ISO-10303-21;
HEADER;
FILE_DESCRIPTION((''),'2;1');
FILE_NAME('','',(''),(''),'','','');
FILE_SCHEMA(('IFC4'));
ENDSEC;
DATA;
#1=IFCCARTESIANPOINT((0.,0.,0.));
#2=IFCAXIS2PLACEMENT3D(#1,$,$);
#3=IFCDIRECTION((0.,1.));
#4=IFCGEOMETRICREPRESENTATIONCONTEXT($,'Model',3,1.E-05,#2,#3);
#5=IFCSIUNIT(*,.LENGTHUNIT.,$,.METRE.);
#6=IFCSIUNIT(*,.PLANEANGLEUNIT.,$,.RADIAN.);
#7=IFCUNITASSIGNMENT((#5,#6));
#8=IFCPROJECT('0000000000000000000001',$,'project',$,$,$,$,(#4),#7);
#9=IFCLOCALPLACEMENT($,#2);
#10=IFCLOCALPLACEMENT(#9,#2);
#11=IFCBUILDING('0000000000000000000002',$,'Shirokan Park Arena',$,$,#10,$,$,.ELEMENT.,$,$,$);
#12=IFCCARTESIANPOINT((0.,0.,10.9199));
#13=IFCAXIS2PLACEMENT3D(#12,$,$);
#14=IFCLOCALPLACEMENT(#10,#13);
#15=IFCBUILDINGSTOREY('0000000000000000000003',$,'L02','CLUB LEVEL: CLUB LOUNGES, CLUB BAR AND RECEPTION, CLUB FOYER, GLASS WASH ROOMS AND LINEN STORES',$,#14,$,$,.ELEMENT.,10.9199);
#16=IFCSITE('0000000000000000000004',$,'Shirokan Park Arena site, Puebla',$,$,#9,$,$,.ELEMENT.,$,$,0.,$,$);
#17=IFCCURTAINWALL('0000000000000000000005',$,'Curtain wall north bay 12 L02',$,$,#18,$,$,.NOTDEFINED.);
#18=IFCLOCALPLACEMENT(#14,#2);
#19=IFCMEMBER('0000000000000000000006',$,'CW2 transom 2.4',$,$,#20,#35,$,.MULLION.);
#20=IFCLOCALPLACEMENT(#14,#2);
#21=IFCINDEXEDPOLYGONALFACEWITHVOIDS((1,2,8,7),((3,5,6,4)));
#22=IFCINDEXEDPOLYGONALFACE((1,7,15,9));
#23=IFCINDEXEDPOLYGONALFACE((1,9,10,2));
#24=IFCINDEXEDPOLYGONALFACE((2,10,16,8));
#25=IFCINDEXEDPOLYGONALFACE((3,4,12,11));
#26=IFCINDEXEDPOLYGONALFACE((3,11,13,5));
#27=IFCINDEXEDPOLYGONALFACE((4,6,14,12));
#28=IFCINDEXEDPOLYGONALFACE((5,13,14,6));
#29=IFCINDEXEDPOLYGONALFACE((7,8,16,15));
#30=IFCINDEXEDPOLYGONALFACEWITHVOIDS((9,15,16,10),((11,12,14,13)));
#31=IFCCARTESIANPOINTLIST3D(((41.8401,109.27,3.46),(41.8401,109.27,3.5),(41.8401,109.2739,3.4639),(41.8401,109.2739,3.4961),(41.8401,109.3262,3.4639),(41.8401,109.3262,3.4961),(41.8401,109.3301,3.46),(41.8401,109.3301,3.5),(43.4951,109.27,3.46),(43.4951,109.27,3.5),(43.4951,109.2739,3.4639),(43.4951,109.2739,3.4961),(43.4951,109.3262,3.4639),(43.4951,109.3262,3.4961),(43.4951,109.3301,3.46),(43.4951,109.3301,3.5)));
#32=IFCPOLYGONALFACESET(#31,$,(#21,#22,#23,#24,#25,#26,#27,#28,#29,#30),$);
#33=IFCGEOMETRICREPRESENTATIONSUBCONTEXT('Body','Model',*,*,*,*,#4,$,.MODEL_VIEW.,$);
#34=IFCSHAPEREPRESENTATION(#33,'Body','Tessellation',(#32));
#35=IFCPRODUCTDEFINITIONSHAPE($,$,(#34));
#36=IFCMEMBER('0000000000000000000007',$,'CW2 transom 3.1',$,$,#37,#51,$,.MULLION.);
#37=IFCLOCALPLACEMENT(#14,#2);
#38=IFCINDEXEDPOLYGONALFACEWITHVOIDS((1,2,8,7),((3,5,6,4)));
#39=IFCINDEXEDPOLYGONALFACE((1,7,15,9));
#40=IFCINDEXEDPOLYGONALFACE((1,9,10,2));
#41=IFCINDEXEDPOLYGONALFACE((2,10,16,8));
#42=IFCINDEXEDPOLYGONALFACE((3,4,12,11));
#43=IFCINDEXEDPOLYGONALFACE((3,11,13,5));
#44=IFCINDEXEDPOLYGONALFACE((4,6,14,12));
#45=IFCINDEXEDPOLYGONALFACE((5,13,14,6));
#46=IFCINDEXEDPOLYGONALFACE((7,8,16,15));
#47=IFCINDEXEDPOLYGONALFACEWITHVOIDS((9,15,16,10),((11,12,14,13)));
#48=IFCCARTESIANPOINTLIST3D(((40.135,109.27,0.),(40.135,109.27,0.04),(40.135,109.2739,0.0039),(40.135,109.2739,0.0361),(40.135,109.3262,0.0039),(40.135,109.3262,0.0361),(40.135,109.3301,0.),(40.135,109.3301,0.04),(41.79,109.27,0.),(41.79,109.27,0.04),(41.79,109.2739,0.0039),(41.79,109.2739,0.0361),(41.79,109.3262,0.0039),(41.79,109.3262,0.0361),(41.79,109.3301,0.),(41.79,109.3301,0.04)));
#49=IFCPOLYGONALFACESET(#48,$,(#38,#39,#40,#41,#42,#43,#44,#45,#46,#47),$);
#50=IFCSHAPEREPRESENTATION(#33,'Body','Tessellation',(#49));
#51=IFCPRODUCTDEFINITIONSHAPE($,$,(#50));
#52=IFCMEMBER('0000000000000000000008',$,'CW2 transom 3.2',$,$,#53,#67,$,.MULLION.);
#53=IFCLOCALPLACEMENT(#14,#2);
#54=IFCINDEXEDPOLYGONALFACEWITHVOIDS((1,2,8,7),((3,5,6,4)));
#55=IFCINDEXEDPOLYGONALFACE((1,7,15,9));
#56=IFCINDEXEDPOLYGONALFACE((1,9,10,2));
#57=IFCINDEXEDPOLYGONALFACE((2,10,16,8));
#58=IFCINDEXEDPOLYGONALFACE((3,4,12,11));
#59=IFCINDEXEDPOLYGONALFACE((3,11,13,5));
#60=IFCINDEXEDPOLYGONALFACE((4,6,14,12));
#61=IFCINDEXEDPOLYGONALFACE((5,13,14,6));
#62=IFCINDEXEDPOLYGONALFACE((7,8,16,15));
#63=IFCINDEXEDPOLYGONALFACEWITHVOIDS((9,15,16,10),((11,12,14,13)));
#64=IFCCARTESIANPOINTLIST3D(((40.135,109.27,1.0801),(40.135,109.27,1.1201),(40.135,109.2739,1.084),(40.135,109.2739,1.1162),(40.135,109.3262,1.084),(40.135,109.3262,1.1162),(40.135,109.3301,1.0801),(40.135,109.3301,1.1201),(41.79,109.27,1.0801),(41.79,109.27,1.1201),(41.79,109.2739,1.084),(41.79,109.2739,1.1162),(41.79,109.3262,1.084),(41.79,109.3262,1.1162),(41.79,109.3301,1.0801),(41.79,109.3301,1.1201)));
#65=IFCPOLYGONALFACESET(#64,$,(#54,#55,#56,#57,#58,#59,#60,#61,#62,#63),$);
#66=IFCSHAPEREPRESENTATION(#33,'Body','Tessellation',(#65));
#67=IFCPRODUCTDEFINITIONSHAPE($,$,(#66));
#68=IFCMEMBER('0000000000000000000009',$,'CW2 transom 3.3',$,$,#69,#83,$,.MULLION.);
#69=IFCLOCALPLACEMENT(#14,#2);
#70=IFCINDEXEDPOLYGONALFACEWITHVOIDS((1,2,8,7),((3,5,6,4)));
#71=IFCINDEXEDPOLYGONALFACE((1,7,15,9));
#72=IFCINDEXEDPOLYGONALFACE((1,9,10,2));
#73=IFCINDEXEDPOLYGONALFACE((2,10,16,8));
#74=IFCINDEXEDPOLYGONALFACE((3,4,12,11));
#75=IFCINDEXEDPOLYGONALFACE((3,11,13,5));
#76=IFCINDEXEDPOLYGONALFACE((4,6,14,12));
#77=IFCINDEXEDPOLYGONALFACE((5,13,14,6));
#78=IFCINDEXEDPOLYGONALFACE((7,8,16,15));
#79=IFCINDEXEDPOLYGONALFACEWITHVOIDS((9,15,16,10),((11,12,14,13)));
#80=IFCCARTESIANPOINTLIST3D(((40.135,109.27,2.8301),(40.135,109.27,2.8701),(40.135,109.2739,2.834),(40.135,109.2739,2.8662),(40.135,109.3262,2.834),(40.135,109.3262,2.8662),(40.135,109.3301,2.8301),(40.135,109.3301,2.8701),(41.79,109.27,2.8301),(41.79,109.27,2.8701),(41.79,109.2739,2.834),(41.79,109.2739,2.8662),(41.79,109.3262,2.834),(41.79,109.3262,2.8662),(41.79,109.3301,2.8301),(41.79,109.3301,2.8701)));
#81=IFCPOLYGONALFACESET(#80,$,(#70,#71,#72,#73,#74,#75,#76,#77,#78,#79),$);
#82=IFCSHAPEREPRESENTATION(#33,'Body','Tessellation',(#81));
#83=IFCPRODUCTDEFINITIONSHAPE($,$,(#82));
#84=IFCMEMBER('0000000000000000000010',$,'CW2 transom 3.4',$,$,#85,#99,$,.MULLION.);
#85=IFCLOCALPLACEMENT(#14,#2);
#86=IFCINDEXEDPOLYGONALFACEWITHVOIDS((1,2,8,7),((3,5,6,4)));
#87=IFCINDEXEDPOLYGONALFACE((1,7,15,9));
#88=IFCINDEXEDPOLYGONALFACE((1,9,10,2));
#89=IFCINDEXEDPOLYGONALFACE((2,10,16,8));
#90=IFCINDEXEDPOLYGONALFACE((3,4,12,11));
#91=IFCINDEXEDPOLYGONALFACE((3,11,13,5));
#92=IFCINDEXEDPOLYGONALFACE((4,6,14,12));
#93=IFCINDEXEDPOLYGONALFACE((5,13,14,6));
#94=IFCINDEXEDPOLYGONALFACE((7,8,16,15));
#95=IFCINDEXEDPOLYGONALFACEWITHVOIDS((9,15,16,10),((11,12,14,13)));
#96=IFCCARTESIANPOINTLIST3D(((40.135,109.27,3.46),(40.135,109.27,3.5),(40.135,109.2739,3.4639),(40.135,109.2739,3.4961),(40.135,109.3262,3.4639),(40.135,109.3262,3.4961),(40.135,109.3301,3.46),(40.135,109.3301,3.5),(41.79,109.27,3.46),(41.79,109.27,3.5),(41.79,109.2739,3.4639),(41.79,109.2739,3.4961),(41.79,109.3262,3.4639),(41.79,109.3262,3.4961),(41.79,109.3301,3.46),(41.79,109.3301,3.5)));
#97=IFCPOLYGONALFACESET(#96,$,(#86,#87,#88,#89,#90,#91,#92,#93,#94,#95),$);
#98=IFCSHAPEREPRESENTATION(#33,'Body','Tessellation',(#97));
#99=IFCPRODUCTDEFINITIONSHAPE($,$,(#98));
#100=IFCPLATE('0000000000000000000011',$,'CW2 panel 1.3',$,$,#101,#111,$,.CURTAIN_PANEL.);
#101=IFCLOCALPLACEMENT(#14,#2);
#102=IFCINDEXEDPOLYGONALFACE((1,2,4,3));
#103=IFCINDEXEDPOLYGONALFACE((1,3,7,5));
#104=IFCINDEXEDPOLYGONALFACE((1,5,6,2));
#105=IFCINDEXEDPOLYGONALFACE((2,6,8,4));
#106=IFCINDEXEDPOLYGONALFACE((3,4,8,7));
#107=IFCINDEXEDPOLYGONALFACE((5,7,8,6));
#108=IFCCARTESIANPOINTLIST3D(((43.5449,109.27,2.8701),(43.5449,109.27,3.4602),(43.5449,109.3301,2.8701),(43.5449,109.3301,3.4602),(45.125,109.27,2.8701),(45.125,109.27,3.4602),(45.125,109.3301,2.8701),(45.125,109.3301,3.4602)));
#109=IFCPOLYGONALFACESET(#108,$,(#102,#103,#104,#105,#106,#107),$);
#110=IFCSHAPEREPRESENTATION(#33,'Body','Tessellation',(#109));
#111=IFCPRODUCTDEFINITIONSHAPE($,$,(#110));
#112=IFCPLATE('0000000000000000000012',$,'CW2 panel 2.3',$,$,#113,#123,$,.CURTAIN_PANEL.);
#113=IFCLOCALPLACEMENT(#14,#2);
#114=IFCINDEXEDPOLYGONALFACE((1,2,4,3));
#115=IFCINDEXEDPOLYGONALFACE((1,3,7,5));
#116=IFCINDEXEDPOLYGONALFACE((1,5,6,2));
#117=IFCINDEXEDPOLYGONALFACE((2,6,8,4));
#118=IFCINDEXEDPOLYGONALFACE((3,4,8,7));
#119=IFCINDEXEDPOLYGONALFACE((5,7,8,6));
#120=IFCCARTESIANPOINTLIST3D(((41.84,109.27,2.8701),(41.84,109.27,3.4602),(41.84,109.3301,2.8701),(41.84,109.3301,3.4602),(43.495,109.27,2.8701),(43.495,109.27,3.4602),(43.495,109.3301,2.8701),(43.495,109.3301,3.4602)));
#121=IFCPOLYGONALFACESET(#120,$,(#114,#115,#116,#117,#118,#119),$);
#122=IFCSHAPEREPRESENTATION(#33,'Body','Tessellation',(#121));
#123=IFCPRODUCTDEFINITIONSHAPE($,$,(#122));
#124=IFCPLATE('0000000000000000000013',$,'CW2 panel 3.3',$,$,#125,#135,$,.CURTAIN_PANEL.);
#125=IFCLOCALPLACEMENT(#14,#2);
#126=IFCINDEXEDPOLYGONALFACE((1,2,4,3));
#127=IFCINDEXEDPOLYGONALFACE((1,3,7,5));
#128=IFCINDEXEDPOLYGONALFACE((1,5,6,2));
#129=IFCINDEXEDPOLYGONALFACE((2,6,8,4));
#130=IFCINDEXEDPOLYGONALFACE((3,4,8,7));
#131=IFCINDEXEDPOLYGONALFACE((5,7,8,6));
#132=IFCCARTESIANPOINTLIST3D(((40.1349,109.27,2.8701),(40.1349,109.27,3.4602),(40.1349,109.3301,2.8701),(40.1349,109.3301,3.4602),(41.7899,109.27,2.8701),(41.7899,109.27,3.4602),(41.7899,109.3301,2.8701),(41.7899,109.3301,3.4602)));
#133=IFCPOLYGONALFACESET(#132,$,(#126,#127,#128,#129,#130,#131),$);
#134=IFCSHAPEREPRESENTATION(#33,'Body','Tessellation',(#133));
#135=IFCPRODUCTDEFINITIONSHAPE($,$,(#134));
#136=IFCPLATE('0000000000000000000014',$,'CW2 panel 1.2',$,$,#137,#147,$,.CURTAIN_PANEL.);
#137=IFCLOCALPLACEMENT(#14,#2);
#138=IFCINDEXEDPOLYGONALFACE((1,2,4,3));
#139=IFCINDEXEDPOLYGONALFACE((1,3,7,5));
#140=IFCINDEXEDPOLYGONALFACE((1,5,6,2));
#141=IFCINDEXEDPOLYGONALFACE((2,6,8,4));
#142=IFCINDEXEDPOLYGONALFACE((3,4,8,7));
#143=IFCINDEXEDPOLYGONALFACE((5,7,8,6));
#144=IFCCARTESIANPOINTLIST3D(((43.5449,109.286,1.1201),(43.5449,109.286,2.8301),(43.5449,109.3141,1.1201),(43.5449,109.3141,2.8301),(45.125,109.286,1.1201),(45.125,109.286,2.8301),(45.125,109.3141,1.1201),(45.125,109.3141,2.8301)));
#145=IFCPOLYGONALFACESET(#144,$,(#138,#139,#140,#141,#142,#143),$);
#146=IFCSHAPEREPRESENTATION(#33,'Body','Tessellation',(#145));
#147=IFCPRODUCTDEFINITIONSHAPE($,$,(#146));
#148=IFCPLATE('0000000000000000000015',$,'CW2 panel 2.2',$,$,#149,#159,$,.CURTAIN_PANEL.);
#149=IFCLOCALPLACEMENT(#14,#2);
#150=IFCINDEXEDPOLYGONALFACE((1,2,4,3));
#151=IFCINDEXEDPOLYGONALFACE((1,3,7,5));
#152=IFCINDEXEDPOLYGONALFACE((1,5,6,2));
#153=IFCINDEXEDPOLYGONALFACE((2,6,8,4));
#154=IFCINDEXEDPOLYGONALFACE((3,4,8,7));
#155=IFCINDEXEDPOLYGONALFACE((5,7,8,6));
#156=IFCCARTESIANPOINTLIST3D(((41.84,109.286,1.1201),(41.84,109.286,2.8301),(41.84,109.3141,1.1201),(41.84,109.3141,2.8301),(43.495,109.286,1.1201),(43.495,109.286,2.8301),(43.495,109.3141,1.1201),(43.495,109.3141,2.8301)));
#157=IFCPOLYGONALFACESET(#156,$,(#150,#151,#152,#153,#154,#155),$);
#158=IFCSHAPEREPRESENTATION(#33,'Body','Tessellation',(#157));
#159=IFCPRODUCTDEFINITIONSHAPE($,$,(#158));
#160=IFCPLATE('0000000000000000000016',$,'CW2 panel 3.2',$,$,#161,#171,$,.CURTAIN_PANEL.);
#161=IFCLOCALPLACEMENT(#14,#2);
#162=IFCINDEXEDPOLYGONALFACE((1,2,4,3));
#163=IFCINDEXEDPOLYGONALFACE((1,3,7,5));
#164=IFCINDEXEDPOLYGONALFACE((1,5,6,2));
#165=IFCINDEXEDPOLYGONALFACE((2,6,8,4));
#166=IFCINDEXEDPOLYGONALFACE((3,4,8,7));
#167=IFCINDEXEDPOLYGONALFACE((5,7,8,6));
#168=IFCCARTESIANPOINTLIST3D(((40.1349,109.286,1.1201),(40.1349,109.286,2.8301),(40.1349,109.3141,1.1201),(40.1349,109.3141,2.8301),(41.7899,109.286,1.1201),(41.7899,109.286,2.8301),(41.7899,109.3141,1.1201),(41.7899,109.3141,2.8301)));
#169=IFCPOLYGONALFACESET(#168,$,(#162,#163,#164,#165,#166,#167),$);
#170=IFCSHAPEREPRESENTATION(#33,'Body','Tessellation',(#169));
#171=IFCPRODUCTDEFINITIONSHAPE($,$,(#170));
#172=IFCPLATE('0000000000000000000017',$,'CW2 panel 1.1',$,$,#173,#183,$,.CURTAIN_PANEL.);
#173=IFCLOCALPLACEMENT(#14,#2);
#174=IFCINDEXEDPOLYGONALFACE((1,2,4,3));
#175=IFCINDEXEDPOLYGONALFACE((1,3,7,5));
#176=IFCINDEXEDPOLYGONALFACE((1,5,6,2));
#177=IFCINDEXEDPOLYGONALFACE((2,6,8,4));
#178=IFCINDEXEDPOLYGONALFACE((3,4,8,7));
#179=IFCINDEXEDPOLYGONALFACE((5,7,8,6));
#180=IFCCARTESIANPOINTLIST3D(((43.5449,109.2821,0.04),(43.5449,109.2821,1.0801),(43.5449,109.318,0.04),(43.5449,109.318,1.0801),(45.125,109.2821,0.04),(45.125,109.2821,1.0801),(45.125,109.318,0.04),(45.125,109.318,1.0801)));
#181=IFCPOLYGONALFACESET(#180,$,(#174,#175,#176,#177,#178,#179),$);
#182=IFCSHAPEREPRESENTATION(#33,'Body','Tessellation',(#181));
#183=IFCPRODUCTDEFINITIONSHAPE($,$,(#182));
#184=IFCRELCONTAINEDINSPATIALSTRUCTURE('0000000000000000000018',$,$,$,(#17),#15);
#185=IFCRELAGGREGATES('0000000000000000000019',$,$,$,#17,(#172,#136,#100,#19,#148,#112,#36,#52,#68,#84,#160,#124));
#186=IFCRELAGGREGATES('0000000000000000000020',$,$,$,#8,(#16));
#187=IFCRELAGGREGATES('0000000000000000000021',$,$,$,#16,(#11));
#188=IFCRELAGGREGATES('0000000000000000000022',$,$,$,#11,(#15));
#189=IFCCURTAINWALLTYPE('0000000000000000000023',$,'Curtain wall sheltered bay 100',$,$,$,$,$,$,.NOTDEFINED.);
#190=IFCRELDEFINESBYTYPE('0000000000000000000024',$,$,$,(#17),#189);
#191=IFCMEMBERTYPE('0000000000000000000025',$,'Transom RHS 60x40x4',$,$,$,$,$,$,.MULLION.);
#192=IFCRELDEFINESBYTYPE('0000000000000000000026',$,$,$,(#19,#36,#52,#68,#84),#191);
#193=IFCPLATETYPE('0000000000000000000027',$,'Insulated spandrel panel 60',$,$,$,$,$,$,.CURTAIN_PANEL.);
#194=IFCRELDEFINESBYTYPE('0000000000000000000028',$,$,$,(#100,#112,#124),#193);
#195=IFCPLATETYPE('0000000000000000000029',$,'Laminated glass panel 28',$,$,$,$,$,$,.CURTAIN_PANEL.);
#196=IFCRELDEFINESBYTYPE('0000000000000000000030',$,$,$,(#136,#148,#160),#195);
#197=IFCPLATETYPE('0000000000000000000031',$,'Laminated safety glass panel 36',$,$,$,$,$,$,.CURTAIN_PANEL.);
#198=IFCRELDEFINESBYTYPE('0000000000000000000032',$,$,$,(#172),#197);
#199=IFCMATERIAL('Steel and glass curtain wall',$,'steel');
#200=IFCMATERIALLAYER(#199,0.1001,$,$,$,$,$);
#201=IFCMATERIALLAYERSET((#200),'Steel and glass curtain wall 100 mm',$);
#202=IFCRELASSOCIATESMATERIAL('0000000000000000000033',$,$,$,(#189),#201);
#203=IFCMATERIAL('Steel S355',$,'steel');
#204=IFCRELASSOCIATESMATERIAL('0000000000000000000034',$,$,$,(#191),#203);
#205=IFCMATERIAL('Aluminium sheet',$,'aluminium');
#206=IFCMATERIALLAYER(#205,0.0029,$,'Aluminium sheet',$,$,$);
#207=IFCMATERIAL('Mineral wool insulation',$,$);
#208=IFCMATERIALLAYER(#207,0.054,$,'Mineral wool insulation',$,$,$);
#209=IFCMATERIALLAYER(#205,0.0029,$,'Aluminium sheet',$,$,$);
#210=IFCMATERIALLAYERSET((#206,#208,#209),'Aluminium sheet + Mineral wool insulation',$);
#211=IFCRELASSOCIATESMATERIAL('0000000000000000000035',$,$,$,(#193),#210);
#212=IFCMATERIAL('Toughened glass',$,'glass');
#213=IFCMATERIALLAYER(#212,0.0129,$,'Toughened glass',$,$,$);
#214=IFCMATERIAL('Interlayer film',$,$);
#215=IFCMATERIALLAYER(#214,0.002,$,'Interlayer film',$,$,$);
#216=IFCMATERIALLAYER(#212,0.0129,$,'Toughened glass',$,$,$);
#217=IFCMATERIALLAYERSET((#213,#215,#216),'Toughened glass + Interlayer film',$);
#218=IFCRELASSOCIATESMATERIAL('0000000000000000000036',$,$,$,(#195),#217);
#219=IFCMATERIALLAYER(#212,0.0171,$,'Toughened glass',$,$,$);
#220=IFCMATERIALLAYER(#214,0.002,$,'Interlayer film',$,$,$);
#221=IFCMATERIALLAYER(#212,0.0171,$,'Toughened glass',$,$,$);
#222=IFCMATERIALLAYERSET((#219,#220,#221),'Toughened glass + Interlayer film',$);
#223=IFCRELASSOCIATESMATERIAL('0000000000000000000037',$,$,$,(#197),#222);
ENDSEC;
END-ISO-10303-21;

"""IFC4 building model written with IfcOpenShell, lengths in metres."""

from ifc_helpers import new_model, si_unit, direction, frame, origin, origin_2d, place, context, subcontext, project, spatial, rectangle, hollow_rectangle, extrude, material, layer, layer_set, material_profile, profile_set, type_object, element, aggregate, save


model = new_model("IFC4")

# Units and contexts
model_context = context("Model", 3, precision=1e-05, world=origin(), true_north=direction((0.0, 1.0)))
body_context = subcontext(model_context, "Body", "Model", "MODEL_VIEW")
ifc_project = project(units=[si_unit("LENGTHUNIT", "METRE"), si_unit("PLANEANGLEUNIT", "RADIAN")], contexts=[model_context])

# Site, building, storey
site_placement = place(None, origin())
site = spatial("IfcSite", under=ifc_project, at=site_placement, Name="Shirokan Park Arena site, Puebla", CompositionType="ELEMENT", RefElevation=0.0)
building_placement = place(site_placement, origin())
building = spatial("IfcBuilding", under=site, at=building_placement, Name="Shirokan Park Arena", CompositionType="ELEMENT")
storey_placement = place(building_placement, frame((0.0, 0.0, 10.9199)))
storey = spatial("IfcBuildingStorey", under=building, at=storey_placement, Name="L02", Description="CLUB LEVEL: CLUB LOUNGES, CLUB BAR AND RECEPTION, CLUB FOYER, GLASS WASH ROOMS AND LINEN STORES", CompositionType="ELEMENT", Elevation=10.9199)

# Curtain wall, members, plates
ifc_material_1 = material(Name="Steel and glass curtain wall", Category="steel")
ifc_layer_1 = layer(ifc_material_1, 0.1001)
ifc_layer_set_1 = layer_set([ifc_layer_1], Name="Steel and glass curtain wall 100 mm")
curtain_wall_type = type_object("IfcCurtainWallType", Name="Curtain wall sheltered bay 100", PredefinedType="NOTDEFINED", material=ifc_layer_set_1)
curtain_wall_placement = place(storey_placement, origin())
curtain_wall = element("IfcCurtainWall", 1, at=curtain_wall_placement, inside=storey, type_object=curtain_wall_type, Name="Curtain wall north bay 12 L02", PredefinedType="NOTDEFINED")
ifc_material_2 = material(Name="Steel S355", Category="steel")
ifc_material_profile_1 = material_profile(ifc_material_2, hollow_rectangle(XDim=0.0601, YDim=0.04, WallThickness=0.0039, at=origin_2d()), Name="RHS 60x40x4")
ifc_profile_set_1 = profile_set([ifc_material_profile_1], Name="Steel S355")
member_type_1 = type_object("IfcMemberType", Name="Transom RHS 60x40x4", PredefinedType="MULLION", material=ifc_profile_set_1)
member_1_placement = place(storey_placement, frame((43.4951, 109.3, 3.48), z_axis=(-1.0, 0.0, 0.0), x_axis=(0.0, -1.0, 0.0)))
member_1 = element("IfcMember", 2, at=member_1_placement, type_object=member_type_1, Name="CW2 transom 2.4", PredefinedType="MULLION", context=body_context, shape_type="SweptSolid", body=[
    extrude(hollow_rectangle(XDim=0.0601, YDim=0.04, WallThickness=0.0039, at=origin_2d()), origin(), (0.0, 0.0, 1.0), 1.655),
])
member_2_placement = place(storey_placement, frame((41.79, 109.3, 0.02), z_axis=(-1.0, 0.0, 0.0), x_axis=(0.0, -1.0, 0.0)))
member_2 = element("IfcMember", 3, at=member_2_placement, type_object=member_type_1, Name="CW2 transom 3.1", PredefinedType="MULLION", context=body_context, shape_type="SweptSolid", body=[
    extrude(hollow_rectangle(XDim=0.0601, YDim=0.04, WallThickness=0.0039, at=origin_2d()), origin(), (0.0, 0.0, 1.0), 1.655),
])
member_3_placement = place(storey_placement, frame((41.79, 109.3, 1.1001), z_axis=(-1.0, 0.0, 0.0), x_axis=(0.0, -1.0, 0.0)))
member_3 = element("IfcMember", 4, at=member_3_placement, type_object=member_type_1, Name="CW2 transom 3.2", PredefinedType="MULLION", context=body_context, shape_type="SweptSolid", body=[
    extrude(hollow_rectangle(XDim=0.0601, YDim=0.04, WallThickness=0.0039, at=origin_2d()), origin(), (0.0, 0.0, 1.0), 1.655),
])
member_4_placement = place(storey_placement, frame((41.79, 109.3, 2.8501), z_axis=(-1.0, 0.0, 0.0), x_axis=(0.0, -1.0, 0.0)))
member_4 = element("IfcMember", 5, at=member_4_placement, type_object=member_type_1, Name="CW2 transom 3.3", PredefinedType="MULLION", context=body_context, shape_type="SweptSolid", body=[
    extrude(hollow_rectangle(XDim=0.0601, YDim=0.04, WallThickness=0.0039, at=origin_2d()), origin(), (0.0, 0.0, 1.0), 1.655),
])
member_5_placement = place(storey_placement, frame((41.79, 109.3, 3.48), z_axis=(-1.0, 0.0, 0.0), x_axis=(0.0, -1.0, 0.0)))
member_5 = element("IfcMember", 6, at=member_5_placement, type_object=member_type_1, Name="CW2 transom 3.4", PredefinedType="MULLION", context=body_context, shape_type="SweptSolid", body=[
    extrude(hollow_rectangle(XDim=0.0601, YDim=0.04, WallThickness=0.0039, at=origin_2d()), origin(), (0.0, 0.0, 1.0), 1.655),
])
ifc_material_3 = material(Name="Aluminium sheet", Category="aluminium")
ifc_layer_2 = layer(ifc_material_3, 0.0029, Name="Aluminium sheet")
ifc_material_4 = material(Name="Mineral wool insulation")
ifc_layer_3 = layer(ifc_material_4, 0.054, Name="Mineral wool insulation")
ifc_layer_4 = layer(ifc_material_3, 0.0029, Name="Aluminium sheet")
ifc_layer_set_2 = layer_set([ifc_layer_2, ifc_layer_3, ifc_layer_4], Name="Aluminium sheet + Mineral wool insulation")
plate_type_1 = type_object("IfcPlateType", Name="Insulated spandrel panel 60", PredefinedType="CURTAIN_PANEL", material=ifc_layer_set_2)
plate_1_placement = place(storey_placement, frame((44.335, 109.3, 2.8701), z_axis=(0.0, 0.0, 1.0), x_axis=(-1.0, 0.0, 0.0)))
plate_1 = element("IfcPlate", 7, at=plate_1_placement, type_object=plate_type_1, Name="CW2 panel 1.3", PredefinedType="CURTAIN_PANEL", context=body_context, shape_type="SweptSolid", body=[
    extrude(rectangle(XDim=1.5801, YDim=0.0601, at=origin_2d()), origin(), (0.0, 0.0, 1.0), 0.5901),
])
plate_2_placement = place(storey_placement, frame((42.6675, 109.3, 2.8701), z_axis=(0.0, 0.0, 1.0), x_axis=(-1.0, 0.0, 0.0)))
plate_2 = element("IfcPlate", 8, at=plate_2_placement, type_object=plate_type_1, Name="CW2 panel 2.3", PredefinedType="CURTAIN_PANEL", context=body_context, shape_type="SweptSolid", body=[
    extrude(rectangle(XDim=1.655, YDim=0.0601, at=origin_2d()), origin(), (0.0, 0.0, 1.0), 0.5901),
])
plate_3_placement = place(storey_placement, frame((40.9624, 109.3, 2.8701), z_axis=(0.0, 0.0, 1.0), x_axis=(-1.0, 0.0, 0.0)))
plate_3 = element("IfcPlate", 9, at=plate_3_placement, type_object=plate_type_1, Name="CW2 panel 3.3", PredefinedType="CURTAIN_PANEL", context=body_context, shape_type="SweptSolid", body=[
    extrude(rectangle(XDim=1.655, YDim=0.0601, at=origin_2d()), origin(), (0.0, 0.0, 1.0), 0.5901),
])
ifc_material_5 = material(Name="Toughened glass", Category="glass")
ifc_layer_5 = layer(ifc_material_5, 0.0129, Name="Toughened glass")
ifc_material_6 = material(Name="Interlayer film")
ifc_layer_6 = layer(ifc_material_6, 0.002, Name="Interlayer film")
ifc_layer_7 = layer(ifc_material_5, 0.0129, Name="Toughened glass")
ifc_layer_set_3 = layer_set([ifc_layer_5, ifc_layer_6, ifc_layer_7], Name="Toughened glass + Interlayer film")
plate_type_2 = type_object("IfcPlateType", Name="Laminated glass panel 28", PredefinedType="CURTAIN_PANEL", material=ifc_layer_set_3)
plate_4_placement = place(storey_placement, frame((44.335, 109.3, 1.1201), z_axis=(0.0, 0.0, 1.0), x_axis=(-1.0, 0.0, 0.0)))
plate_4 = element("IfcPlate", 10, at=plate_4_placement, type_object=plate_type_2, Name="CW2 panel 1.2", PredefinedType="CURTAIN_PANEL", context=body_context, shape_type="SweptSolid", body=[
    extrude(rectangle(XDim=1.5801, YDim=0.0281, at=origin_2d()), origin(), (0.0, 0.0, 1.0), 1.71),
])
plate_5_placement = place(storey_placement, frame((42.6675, 109.3, 1.1201), z_axis=(0.0, 0.0, 1.0), x_axis=(-1.0, 0.0, 0.0)))
plate_5 = element("IfcPlate", 11, at=plate_5_placement, type_object=plate_type_2, Name="CW2 panel 2.2", PredefinedType="CURTAIN_PANEL", context=body_context, shape_type="SweptSolid", body=[
    extrude(rectangle(XDim=1.655, YDim=0.0281, at=origin_2d()), origin(), (0.0, 0.0, 1.0), 1.71),
])
plate_6_placement = place(storey_placement, frame((40.9624, 109.3, 1.1201), z_axis=(0.0, 0.0, 1.0), x_axis=(-1.0, 0.0, 0.0)))
plate_6 = element("IfcPlate", 12, at=plate_6_placement, type_object=plate_type_2, Name="CW2 panel 3.2", PredefinedType="CURTAIN_PANEL", context=body_context, shape_type="SweptSolid", body=[
    extrude(rectangle(XDim=1.655, YDim=0.0281, at=origin_2d()), origin(), (0.0, 0.0, 1.0), 1.71),
])
ifc_layer_8 = layer(ifc_material_5, 0.0171, Name="Toughened glass")
ifc_layer_9 = layer(ifc_material_6, 0.002, Name="Interlayer film")
ifc_layer_10 = layer(ifc_material_5, 0.0171, Name="Toughened glass")
ifc_layer_set_4 = layer_set([ifc_layer_8, ifc_layer_9, ifc_layer_10], Name="Toughened glass + Interlayer film")
plate_type_3 = type_object("IfcPlateType", Name="Laminated safety glass panel 36", PredefinedType="CURTAIN_PANEL", material=ifc_layer_set_4)
plate_7_placement = place(storey_placement, frame((44.335, 109.3, 0.04), z_axis=(0.0, 0.0, 1.0), x_axis=(-1.0, 0.0, 0.0)))
plate_7 = element("IfcPlate", 13, at=plate_7_placement, type_object=plate_type_3, Name="CW2 panel 1.1", PredefinedType="CURTAIN_PANEL", context=body_context, shape_type="SweptSolid", body=[
    extrude(rectangle(XDim=1.5801, YDim=0.0359, at=origin_2d()), origin(), (0.0, 0.0, 1.0), 1.04),
])
aggregate(curtain_wall, [plate_7, plate_4, plate_1, member_1, plate_5, plate_2, member_2, member_3, member_4, member_5, plate_6, plate_3])

save(model, "model.ifc")
